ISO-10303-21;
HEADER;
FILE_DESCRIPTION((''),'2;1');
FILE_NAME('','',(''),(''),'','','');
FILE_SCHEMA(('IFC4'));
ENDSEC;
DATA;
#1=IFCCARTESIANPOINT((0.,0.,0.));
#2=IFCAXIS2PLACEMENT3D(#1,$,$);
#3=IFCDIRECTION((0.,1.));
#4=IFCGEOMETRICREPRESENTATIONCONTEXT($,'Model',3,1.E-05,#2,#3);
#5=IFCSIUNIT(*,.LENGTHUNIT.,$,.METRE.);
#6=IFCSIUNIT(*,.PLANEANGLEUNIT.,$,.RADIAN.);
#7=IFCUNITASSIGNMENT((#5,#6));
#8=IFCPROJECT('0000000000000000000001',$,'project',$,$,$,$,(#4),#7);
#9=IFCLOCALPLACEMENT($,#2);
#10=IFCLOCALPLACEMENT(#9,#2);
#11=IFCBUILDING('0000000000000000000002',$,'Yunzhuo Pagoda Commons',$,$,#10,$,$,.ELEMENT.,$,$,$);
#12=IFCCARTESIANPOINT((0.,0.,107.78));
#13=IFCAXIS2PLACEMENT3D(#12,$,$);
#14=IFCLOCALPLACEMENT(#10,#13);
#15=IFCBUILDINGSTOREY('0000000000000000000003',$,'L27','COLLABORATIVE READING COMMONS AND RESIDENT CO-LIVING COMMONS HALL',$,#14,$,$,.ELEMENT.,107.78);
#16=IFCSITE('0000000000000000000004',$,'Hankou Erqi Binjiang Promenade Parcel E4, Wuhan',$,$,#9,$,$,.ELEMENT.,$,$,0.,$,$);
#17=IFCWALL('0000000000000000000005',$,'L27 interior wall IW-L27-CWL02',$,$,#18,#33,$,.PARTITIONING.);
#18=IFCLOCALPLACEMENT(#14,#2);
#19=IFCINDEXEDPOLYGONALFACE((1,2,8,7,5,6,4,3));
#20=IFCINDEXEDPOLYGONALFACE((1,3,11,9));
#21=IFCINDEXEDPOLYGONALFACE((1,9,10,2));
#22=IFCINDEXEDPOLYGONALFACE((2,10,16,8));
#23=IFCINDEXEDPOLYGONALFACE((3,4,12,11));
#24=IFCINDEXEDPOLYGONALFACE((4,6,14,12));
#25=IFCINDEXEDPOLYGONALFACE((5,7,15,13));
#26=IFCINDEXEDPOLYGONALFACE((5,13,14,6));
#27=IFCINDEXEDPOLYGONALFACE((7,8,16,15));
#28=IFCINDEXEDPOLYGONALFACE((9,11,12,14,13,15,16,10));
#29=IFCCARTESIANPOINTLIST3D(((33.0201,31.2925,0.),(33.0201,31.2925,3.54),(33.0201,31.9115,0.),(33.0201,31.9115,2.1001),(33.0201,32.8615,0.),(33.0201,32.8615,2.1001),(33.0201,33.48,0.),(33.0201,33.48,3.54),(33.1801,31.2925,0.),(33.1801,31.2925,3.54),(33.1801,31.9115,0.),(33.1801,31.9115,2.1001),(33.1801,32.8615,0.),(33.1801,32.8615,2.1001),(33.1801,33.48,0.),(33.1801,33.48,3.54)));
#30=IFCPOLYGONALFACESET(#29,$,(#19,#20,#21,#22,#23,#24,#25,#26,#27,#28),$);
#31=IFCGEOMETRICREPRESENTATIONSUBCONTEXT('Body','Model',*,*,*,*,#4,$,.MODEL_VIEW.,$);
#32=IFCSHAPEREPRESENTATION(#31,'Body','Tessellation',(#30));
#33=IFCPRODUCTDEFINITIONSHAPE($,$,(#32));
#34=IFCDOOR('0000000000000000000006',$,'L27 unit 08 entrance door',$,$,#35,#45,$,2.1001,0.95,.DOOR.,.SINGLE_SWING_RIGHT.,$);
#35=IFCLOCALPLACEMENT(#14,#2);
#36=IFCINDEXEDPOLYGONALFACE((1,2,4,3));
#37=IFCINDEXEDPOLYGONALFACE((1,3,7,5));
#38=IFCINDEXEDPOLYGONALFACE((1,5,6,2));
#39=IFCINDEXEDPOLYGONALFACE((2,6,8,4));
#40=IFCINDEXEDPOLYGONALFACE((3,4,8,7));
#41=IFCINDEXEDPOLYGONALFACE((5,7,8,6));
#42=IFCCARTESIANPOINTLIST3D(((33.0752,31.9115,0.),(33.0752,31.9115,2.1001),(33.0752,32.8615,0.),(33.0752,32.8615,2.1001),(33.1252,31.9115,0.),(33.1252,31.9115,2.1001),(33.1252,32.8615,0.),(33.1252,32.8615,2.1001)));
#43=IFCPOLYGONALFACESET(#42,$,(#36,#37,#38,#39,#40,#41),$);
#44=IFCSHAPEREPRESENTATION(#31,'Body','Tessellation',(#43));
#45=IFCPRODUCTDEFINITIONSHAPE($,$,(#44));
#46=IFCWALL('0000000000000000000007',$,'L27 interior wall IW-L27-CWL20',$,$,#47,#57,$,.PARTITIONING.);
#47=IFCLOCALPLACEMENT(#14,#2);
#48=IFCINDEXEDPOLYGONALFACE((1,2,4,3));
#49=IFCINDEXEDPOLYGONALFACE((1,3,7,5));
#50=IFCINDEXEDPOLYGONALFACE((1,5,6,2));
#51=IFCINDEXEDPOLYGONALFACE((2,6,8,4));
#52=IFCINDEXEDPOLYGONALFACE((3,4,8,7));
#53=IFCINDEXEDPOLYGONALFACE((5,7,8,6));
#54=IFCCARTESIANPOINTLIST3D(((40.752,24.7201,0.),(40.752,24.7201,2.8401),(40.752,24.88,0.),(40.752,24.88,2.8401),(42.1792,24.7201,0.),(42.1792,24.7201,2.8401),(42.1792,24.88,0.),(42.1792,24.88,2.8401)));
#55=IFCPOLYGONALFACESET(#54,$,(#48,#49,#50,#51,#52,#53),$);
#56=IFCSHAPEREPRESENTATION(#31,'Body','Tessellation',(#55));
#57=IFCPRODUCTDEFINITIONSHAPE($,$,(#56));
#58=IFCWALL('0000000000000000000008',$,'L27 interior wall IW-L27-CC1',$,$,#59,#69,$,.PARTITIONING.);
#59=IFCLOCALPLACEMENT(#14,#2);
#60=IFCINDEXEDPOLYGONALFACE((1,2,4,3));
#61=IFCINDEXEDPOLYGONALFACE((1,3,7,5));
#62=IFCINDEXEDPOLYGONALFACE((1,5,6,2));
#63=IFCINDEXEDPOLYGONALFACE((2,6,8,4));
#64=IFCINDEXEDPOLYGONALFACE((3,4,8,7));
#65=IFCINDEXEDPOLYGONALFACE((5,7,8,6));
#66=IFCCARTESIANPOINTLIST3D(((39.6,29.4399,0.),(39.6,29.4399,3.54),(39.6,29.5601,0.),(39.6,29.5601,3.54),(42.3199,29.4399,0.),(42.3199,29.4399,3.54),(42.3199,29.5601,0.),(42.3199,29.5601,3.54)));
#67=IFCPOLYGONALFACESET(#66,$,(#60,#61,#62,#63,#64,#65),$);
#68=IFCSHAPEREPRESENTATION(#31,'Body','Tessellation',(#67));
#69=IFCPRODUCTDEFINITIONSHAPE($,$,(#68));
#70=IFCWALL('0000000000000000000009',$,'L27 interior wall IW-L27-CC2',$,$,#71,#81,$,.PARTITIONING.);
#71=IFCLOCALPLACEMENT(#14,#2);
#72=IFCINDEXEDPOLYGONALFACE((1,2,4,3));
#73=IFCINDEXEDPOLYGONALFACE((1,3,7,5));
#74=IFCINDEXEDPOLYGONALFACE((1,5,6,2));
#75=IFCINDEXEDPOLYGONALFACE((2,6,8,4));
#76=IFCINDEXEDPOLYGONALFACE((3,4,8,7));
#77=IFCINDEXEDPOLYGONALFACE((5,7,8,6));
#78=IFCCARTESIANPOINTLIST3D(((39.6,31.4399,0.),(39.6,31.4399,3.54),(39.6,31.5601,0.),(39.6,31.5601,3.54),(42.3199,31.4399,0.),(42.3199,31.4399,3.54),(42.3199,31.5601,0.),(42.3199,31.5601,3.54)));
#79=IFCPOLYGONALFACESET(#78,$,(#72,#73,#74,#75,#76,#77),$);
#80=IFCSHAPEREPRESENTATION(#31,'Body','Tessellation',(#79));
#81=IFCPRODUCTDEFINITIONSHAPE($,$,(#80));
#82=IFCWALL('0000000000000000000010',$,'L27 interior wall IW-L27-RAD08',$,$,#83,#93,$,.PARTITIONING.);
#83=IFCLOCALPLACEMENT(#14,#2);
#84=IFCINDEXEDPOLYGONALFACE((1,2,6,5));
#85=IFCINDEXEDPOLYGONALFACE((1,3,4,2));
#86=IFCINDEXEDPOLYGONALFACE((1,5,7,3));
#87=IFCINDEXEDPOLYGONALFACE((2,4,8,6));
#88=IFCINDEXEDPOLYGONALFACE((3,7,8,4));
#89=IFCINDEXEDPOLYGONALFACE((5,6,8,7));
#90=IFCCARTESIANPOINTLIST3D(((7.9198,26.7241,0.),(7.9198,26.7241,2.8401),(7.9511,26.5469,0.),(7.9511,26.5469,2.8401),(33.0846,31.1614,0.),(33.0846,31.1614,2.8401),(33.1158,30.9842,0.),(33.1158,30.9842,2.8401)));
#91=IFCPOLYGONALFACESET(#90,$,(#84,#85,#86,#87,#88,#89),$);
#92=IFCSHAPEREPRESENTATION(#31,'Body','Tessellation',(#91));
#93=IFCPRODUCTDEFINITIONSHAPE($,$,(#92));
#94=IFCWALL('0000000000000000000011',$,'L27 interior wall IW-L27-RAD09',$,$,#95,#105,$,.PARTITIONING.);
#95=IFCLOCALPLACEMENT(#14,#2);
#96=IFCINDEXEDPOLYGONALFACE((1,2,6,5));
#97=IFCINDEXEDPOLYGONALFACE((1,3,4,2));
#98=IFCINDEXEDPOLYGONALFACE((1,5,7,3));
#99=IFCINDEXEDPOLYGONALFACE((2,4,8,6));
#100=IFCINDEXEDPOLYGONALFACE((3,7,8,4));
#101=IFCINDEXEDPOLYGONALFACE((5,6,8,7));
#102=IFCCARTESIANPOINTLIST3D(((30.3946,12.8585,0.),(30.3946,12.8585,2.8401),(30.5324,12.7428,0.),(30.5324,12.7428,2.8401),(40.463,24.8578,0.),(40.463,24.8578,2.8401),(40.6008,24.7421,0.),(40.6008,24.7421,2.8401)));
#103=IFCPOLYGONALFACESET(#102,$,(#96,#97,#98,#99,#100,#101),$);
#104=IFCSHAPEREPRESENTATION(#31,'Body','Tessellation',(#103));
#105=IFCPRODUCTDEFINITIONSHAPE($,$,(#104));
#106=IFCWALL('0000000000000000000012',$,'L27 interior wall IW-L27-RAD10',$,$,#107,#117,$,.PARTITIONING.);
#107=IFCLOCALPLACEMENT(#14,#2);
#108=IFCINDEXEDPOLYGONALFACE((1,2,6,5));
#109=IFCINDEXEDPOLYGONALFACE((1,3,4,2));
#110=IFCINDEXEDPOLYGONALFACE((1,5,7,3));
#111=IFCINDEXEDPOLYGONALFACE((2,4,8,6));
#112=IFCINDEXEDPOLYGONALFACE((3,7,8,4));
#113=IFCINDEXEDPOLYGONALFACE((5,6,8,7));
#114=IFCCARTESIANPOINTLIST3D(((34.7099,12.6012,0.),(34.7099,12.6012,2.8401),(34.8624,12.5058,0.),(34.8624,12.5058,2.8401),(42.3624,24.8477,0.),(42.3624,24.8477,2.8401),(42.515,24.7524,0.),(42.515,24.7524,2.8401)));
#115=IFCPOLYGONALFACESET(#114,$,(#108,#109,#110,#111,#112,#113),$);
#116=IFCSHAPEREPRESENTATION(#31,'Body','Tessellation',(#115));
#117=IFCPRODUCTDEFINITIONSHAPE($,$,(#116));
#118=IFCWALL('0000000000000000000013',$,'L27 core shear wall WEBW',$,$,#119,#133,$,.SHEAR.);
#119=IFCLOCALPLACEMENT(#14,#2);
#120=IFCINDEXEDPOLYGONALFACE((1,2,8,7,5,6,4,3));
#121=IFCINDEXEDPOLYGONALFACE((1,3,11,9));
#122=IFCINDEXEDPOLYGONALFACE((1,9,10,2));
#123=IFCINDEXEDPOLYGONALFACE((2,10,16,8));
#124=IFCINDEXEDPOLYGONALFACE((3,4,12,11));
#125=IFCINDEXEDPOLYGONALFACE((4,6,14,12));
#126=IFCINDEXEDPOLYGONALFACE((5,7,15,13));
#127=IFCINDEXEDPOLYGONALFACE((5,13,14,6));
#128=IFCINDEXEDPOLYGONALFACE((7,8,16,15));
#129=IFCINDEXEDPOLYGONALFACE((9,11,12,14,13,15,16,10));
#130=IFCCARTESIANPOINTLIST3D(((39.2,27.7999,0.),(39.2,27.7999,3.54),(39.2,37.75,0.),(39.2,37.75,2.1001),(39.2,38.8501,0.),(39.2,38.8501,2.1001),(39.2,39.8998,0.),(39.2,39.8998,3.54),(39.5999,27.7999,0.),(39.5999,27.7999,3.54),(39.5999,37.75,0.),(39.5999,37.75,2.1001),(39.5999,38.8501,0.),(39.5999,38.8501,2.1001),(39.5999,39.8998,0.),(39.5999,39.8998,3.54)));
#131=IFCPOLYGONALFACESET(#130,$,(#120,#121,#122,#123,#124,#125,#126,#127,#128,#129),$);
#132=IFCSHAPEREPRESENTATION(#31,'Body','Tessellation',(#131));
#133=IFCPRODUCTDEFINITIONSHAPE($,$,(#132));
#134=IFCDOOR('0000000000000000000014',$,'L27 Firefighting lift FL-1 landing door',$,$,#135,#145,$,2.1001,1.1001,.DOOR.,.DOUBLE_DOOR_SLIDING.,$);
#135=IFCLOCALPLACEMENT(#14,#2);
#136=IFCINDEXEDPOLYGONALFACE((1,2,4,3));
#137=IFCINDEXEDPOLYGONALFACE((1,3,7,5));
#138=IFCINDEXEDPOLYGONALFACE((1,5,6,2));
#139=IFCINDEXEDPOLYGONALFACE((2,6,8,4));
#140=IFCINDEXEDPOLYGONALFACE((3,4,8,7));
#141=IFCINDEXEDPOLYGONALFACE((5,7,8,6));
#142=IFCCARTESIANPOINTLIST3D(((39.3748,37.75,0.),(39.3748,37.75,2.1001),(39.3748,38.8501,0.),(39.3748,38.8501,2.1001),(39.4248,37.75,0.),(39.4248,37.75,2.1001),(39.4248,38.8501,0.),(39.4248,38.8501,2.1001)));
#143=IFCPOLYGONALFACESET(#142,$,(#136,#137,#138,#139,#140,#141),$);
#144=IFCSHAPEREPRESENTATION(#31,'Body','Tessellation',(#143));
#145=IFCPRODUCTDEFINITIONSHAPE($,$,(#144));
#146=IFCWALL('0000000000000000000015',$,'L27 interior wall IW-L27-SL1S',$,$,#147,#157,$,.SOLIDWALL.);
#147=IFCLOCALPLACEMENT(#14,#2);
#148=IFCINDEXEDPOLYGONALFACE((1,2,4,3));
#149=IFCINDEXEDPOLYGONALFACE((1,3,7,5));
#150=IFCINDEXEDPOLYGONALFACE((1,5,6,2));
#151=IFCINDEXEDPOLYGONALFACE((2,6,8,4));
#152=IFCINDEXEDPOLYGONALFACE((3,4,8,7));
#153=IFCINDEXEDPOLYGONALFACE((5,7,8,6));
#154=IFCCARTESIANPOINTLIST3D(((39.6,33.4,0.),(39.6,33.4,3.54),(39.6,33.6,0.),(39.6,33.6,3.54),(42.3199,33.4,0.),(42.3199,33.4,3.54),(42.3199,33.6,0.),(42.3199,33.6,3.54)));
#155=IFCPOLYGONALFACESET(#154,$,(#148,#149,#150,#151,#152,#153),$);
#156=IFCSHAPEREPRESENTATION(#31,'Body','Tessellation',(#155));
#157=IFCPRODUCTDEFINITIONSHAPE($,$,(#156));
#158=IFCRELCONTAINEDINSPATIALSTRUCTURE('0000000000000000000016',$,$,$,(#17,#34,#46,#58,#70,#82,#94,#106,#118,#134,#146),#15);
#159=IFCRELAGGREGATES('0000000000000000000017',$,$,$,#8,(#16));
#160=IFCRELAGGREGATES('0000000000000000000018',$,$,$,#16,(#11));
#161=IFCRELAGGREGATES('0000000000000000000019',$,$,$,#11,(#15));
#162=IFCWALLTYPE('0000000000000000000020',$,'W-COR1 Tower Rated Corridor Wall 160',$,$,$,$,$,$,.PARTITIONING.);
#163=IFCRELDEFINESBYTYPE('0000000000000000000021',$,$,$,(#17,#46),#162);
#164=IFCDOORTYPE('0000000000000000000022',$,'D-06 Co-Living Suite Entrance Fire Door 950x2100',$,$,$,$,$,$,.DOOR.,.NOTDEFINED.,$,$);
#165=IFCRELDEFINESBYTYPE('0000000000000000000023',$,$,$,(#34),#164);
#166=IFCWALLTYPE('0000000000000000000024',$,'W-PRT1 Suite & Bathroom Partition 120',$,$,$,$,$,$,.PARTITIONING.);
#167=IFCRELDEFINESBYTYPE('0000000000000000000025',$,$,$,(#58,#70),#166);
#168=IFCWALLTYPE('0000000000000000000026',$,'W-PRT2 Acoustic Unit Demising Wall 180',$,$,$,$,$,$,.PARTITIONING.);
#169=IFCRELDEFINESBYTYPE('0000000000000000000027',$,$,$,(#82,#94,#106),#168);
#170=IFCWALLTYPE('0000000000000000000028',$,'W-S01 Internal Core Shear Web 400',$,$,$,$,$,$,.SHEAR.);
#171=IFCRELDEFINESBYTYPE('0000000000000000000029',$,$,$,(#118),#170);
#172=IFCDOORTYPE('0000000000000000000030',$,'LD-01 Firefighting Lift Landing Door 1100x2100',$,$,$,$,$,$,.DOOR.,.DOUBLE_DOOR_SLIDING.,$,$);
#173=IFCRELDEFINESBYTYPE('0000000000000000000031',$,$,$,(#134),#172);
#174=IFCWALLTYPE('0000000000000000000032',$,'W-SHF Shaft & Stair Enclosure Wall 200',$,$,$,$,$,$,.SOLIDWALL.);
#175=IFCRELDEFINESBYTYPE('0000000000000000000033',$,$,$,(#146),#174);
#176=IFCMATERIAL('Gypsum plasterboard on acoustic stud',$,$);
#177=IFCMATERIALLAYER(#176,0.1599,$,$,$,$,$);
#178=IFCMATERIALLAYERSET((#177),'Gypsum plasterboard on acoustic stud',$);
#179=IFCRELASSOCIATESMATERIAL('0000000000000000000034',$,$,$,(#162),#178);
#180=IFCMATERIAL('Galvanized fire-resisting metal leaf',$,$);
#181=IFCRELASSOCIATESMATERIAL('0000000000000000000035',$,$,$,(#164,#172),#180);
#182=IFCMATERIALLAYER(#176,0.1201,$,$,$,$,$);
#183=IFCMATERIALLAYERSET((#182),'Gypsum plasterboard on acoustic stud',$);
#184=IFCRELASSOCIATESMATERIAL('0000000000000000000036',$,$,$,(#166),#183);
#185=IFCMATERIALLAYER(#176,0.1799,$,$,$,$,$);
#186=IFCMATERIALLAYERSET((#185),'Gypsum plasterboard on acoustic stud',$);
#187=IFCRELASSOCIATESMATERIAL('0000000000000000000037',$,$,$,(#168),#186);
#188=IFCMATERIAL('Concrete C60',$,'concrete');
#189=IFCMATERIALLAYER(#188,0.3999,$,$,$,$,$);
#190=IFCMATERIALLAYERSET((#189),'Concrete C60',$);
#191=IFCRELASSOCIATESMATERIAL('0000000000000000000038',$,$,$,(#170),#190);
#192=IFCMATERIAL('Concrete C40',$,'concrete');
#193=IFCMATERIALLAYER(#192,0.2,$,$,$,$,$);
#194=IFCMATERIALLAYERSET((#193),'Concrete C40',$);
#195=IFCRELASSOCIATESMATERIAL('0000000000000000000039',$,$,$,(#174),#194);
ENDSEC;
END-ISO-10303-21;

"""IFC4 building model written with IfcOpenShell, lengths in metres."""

from ifc_helpers import new_model, si_unit, direction, frame, frame_2d, origin, origin_with_axes, place, context, subcontext, project, spatial, rectangle, extrude, source, transform, mapped, material, layer, layer_set, type_object, element, fill, save


model = new_model("IFC4")

# Units and contexts
model_context = context("Model", 3, precision=1e-05, world=origin(), true_north=direction((0.0, 1.0)))
body_context = subcontext(model_context, "Body", "Model", "MODEL_VIEW")
ifc_project = project(units=[si_unit("LENGTHUNIT", "METRE"), si_unit("PLANEANGLEUNIT", "RADIAN")], contexts=[model_context])

# Site, building, storey
site_placement = place(None, origin())
site = spatial("IfcSite", under=ifc_project, at=site_placement, Name="Hankou Erqi Binjiang Promenade Parcel E4, Wuhan", CompositionType="ELEMENT", RefElevation=0.0)
building_placement = place(site_placement, origin())
building = spatial("IfcBuilding", under=site, at=building_placement, Name="Yunzhuo Pagoda Commons", CompositionType="ELEMENT")
storey_placement = place(building_placement, frame((0.0, 0.0, 107.78)))
storey = spatial("IfcBuildingStorey", under=building, at=storey_placement, Name="L27", Description="COLLABORATIVE READING COMMONS AND RESIDENT CO-LIVING COMMONS HALL", CompositionType="ELEMENT", Elevation=107.78)

# Shared definitions
ifc_material_1 = material(Name="Concrete C60", Category="concrete")

# Shared definitions
ifc_material_2 = material(Name="Gypsum plasterboard on acoustic stud")
ifc_layer_1 = layer(ifc_material_2, 0.1599)
ifc_layer_set_1 = layer_set([ifc_layer_1], Name="Gypsum plasterboard on acoustic stud")
wall_type_1 = type_object("IfcWallType", Name="W-COR1 Tower Rated Corridor Wall 160", PredefinedType="PARTITIONING", material=ifc_layer_set_1)
ifc_material_3 = material(Name="Galvanized fire-resisting metal leaf")

# Wall, opening, door
wall_1_placement = place(storey_placement, frame((33.1001, 31.2925, 0.0), z_axis=(0.0, 0.0, 1.0), x_axis=(0.0, 1.0, 0.0)))
wall_1 = element("IfcWall", 1, at=wall_1_placement, inside=storey, type_object=wall_type_1, Name="L27 interior wall IW-L27-CWL02", PredefinedType="PARTITIONING", context=body_context, shape_type="SweptSolid", body=[
    extrude(rectangle(XDim=2.1875, YDim=0.1599, at=frame_2d((1.0938, 0.0))), origin(), (0.0, 0.0, 1.0), 3.54),
])
opening_1_placement = place(wall_1_placement, frame((0.6189, 0.0, 0.0)))
opening_1 = element("IfcOpeningElement", 2, at=opening_1_placement, cuts=wall_1, PredefinedType="OPENING", context=body_context, shape_type="SweptSolid", body=[
    extrude(rectangle(XDim=0.95, YDim=2.1001, at=frame_2d((0.4751, 1.05))), frame((0.0, 0.0898, 0.0), z_axis=(0.0, -1.0, 0.0), x_axis=(1.0, 0.0, 0.0)), (0.0, 0.0, 1.0), 0.1799),
])
door_type_1 = type_object("IfcDoorType", Name="D-06 Co-Living Suite Entrance Fire Door 950x2100", OperationType="NOTDEFINED", PredefinedType="DOOR", material=ifc_material_3)
shared_shape_1 = source(origin(), body_context, "Body", "SweptSolid", [
    extrude(rectangle(XDim=0.95, YDim=2.1001, at=frame_2d((0.4751, 1.05))), frame((0.0, 0.0249, 0.0), z_axis=(0.0, -1.0, 0.0), x_axis=(1.0, 0.0, 0.0)), (0.0, 0.0, 1.0), 0.05),
])
door_1_placement = place(opening_1_placement, origin_with_axes())
door_1 = element("IfcDoor", 3, at=door_1_placement, inside=storey, type_object=door_type_1, Name="L27 unit 08 entrance door", OperationType="SINGLE_SWING_RIGHT", OverallHeight=2.1001, OverallWidth=0.95, PredefinedType="DOOR", context=body_context, shape_type="MappedRepresentation", body=[
    mapped(shared_shape_1, transform((0.0, 0.0, 0.0), scale=1.0)),
])
fill(opening_1, door_1)

# Walls
wall_2_placement = place(storey_placement, frame((42.1792, 24.8, 0.0), z_axis=(0.0, 0.0, 1.0), x_axis=(-1.0, 0.0, 0.0)))
element("IfcWall", 4, at=wall_2_placement, inside=storey, type_object=wall_type_1, Name="L27 interior wall IW-L27-CWL20", PredefinedType="PARTITIONING", context=body_context, shape_type="SweptSolid", body=[
    extrude(rectangle(XDim=1.4272, YDim=0.1599, at=frame_2d((0.7136, 0.0))), origin(), (0.0, 0.0, 1.0), 2.8401),
])
ifc_layer_2 = layer(ifc_material_2, 0.1201)
ifc_layer_set_2 = layer_set([ifc_layer_2], Name="Gypsum plasterboard on acoustic stud")
wall_type_2 = type_object("IfcWallType", Name="W-PRT1 Suite & Bathroom Partition 120", PredefinedType="PARTITIONING", material=ifc_layer_set_2)
for number, where, z_axis, x_axis, name in (
    (5, (39.6001, 29.5, 0.0), (0.0, 0.0, 1.0), (1.0, 0.0, 0.0), "L27 interior wall IW-L27-CC1"),
    (6, (39.6001, 31.5, 0.0), (0.0, 0.0, 1.0), (1.0, 0.0, 0.0), "L27 interior wall IW-L27-CC2"),
):
    element("IfcWall", number, at=place(storey_placement, frame(where, z_axis=z_axis, x_axis=x_axis)), inside=storey, type_object=wall_type_2, Name=name, PredefinedType="PARTITIONING", context=body_context, shape_type="SweptSolid", body=[
        extrude(rectangle(XDim=2.72, YDim=0.1201, at=frame_2d((1.3599, 0.0))), origin(), (0.0, 0.0, 1.0), 3.54),
    ])
ifc_layer_3 = layer(ifc_material_2, 0.1799)
ifc_layer_set_3 = layer_set([ifc_layer_3], Name="Gypsum plasterboard on acoustic stud")
wall_type_3 = type_object("IfcWallType", Name="W-PRT2 Acoustic Unit Demising Wall 180", PredefinedType="PARTITIONING", material=ifc_layer_set_3)
wall_3_placement = place(storey_placement, frame((33.1001, 31.0728, 0.0), z_axis=(0.0, 0.0, 1.0), x_axis=(-0.984808, -0.173649, 0.0)))
element("IfcWall", 7, at=wall_3_placement, inside=storey, type_object=wall_type_3, Name="L27 interior wall IW-L27-RAD08", PredefinedType="PARTITIONING", context=body_context, shape_type="SweptSolid", body=[
    extrude(rectangle(XDim=25.553, YDim=0.1799, at=frame_2d((12.7764, 0.0))), origin(), (0.0, 0.0, 1.0), 2.8401),
])
wall_4_placement = place(storey_placement, frame((40.532, 24.8, 0.0), z_axis=(0.0, 0.0, 1.0), x_axis=(-0.642779, -0.766051, 0.0)))
element("IfcWall", 8, at=wall_4_placement, inside=storey, type_object=wall_type_3, Name="L27 interior wall IW-L27-RAD09", PredefinedType="PARTITIONING", context=body_context, shape_type="SweptSolid", body=[
    extrude(rectangle(XDim=15.6638, YDim=0.1799, at=frame_2d((7.832, 0.0))), origin(), (0.0, 0.0, 1.0), 2.8401),
])
wall_5_placement = place(storey_placement, frame((42.4387, 24.8, 0.0), z_axis=(0.0, 0.0, 1.0), x_axis=(-0.529923, -0.848046, 0.0)))
element("IfcWall", 9, at=wall_5_placement, inside=storey, type_object=wall_type_3, Name="L27 interior wall IW-L27-RAD10", PredefinedType="PARTITIONING", context=body_context, shape_type="SweptSolid", body=[
    extrude(rectangle(XDim=14.4409, YDim=0.1799, at=frame_2d((7.2205, 0.0))), origin(), (0.0, 0.0, 1.0), 2.8401),
])

# Wall, opening, door
ifc_layer_4 = layer(ifc_material_1, 0.3999)
ifc_layer_set_4 = layer_set([ifc_layer_4], Name="Concrete C60")
wall_type_4 = type_object("IfcWallType", Name="W-S01 Internal Core Shear Web 400", PredefinedType="SHEAR", material=ifc_layer_set_4)
wall_6_placement = place(storey_placement, frame((39.3999, 27.8, 0.0), z_axis=(0.0, 0.0, 1.0), x_axis=(0.0, 1.0, 0.0)))
wall_6 = element("IfcWall", 10, at=wall_6_placement, inside=storey, type_object=wall_type_4, Name="L27 core shear wall WEBW", PredefinedType="SHEAR", context=body_context, shape_type="SweptSolid", body=[
    extrude(rectangle(XDim=12.0999, YDim=0.3999, at=frame_2d((6.0498, 0.0))), origin(), (0.0, 0.0, 1.0), 3.54),
])
opening_2_placement = place(wall_6_placement, frame((9.95, 0.0, 0.0)))
opening_2 = element("IfcOpeningElement", 11, at=opening_2_placement, cuts=wall_6, PredefinedType="OPENING", context=body_context, shape_type="SweptSolid", body=[
    extrude(rectangle(XDim=1.1001, YDim=2.1001, at=frame_2d((0.55, 1.05))), frame((0.0, 0.21, 0.0), z_axis=(0.0, -1.0, 0.0), x_axis=(1.0, 0.0, 0.0)), (0.0, 0.0, 1.0), 0.4199),
])
door_type_2 = type_object("IfcDoorType", Name="LD-01 Firefighting Lift Landing Door 1100x2100", OperationType="DOUBLE_DOOR_SLIDING", PredefinedType="DOOR", material=ifc_material_3)
shared_shape_2 = source(origin(), body_context, "Body", "SweptSolid", [
    extrude(rectangle(XDim=1.1001, YDim=2.1001, at=frame_2d((0.55, 1.05))), frame((0.0, 0.0249, 0.0), z_axis=(0.0, -1.0, 0.0), x_axis=(1.0, 0.0, 0.0)), (0.0, 0.0, 1.0), 0.05),
])
door_2_placement = place(opening_2_placement, frame((1.1001, 0.0, 0.0), z_axis=(0.0, 0.0, 1.0), x_axis=(-1.0, 0.0, 0.0)))
door_2 = element("IfcDoor", 12, at=door_2_placement, inside=storey, type_object=door_type_2, Name="L27 Firefighting lift FL-1 landing door", OperationType="DOUBLE_DOOR_SLIDING", OverallHeight=2.1001, OverallWidth=1.1001, PredefinedType="DOOR", context=body_context, shape_type="MappedRepresentation", body=[
    mapped(shared_shape_2, transform((0.0, 0.0, 0.0), scale=1.0)),
])
fill(opening_2, door_2)

# Wall
ifc_material_4 = material(Name="Concrete C40", Category="concrete")
ifc_layer_5 = layer(ifc_material_4, 0.2)
ifc_layer_set_5 = layer_set([ifc_layer_5], Name="Concrete C40")
wall_type_5 = type_object("IfcWallType", Name="W-SHF Shaft & Stair Enclosure Wall 200", PredefinedType="SOLIDWALL", material=ifc_layer_set_5)
wall_7_placement = place(storey_placement, frame((39.6001, 33.5, 0.0), z_axis=(0.0, 0.0, 1.0), x_axis=(1.0, 0.0, 0.0)))
element("IfcWall", 13, at=wall_7_placement, inside=storey, type_object=wall_type_5, Name="L27 interior wall IW-L27-SL1S", PredefinedType="SOLIDWALL", context=body_context, shape_type="SweptSolid", body=[
    extrude(rectangle(XDim=2.72, YDim=0.2, at=frame_2d((1.3599, 0.0))), origin(), (0.0, 0.0, 1.0), 3.54),
])

save(model, "model.ifc")
